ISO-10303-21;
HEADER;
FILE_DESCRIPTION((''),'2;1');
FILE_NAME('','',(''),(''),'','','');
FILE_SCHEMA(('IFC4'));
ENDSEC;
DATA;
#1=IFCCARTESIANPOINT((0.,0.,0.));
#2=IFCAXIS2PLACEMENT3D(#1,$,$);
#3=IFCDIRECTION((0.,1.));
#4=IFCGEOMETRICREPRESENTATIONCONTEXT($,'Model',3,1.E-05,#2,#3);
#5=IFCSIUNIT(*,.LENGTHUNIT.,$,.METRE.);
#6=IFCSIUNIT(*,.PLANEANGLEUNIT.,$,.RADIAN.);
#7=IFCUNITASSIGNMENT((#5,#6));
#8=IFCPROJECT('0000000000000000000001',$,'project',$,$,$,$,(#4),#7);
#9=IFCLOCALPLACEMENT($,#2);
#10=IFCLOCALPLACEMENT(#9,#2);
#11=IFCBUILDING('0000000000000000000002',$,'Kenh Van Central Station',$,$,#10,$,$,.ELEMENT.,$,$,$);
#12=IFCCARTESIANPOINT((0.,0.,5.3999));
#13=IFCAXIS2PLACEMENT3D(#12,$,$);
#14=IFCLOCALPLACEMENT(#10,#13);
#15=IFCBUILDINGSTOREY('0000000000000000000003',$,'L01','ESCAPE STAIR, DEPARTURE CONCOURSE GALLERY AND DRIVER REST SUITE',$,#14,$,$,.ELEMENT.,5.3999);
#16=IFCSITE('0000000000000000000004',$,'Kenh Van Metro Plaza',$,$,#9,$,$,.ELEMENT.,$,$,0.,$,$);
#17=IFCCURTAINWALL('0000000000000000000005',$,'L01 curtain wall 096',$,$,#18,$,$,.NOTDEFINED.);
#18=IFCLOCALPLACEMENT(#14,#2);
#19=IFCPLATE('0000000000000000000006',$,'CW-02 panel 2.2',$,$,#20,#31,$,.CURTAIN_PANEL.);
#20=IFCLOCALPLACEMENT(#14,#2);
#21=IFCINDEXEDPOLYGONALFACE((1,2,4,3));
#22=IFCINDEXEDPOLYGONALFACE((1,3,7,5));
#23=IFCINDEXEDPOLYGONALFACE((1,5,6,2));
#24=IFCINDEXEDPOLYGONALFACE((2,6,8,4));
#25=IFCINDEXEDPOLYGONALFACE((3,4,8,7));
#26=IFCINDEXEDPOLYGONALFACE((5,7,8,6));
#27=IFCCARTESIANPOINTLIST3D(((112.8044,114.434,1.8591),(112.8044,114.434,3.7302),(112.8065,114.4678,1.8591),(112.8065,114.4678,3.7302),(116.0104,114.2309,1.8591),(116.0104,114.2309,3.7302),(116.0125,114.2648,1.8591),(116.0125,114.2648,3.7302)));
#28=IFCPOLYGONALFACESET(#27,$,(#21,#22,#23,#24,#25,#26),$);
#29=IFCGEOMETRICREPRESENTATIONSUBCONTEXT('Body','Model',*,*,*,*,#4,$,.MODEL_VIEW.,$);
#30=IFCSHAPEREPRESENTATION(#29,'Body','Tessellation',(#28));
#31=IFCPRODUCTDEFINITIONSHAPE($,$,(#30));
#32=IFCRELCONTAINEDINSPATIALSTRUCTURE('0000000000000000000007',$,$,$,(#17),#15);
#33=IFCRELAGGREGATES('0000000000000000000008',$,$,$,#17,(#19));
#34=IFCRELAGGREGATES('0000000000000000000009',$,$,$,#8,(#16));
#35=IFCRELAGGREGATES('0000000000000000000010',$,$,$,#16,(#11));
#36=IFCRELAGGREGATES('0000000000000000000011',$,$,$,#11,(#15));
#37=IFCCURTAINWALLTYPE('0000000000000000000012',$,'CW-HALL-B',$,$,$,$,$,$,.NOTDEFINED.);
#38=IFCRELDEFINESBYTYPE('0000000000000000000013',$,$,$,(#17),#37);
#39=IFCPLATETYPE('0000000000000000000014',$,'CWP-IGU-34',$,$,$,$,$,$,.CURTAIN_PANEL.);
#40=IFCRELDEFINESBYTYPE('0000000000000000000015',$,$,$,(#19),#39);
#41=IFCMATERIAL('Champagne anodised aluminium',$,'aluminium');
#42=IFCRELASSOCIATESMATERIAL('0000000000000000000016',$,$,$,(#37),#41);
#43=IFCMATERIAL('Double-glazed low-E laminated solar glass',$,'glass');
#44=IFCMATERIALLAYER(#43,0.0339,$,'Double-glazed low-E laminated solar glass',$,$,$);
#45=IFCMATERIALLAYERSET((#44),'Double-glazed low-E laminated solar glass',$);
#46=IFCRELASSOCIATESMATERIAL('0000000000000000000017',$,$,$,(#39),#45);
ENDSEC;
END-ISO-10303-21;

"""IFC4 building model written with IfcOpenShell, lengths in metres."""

from ifc_helpers import new_model, si_unit, direction, frame, origin, origin_2d, place, context, subcontext, project, spatial, rectangle, extrude, material, layer, layer_set, type_object, element, aggregate, save


model = new_model("IFC4")

# Units and contexts
model_context = context("Model", 3, precision=1e-05, world=origin(), true_north=direction((0.0, 1.0)))
body_context = subcontext(model_context, "Body", "Model", "MODEL_VIEW")
ifc_project = project(units=[si_unit("LENGTHUNIT", "METRE"), si_unit("PLANEANGLEUNIT", "RADIAN")], contexts=[model_context])

# Site, building, storey
site_placement = place(None, origin())
site = spatial("IfcSite", under=ifc_project, at=site_placement, Name="Kenh Van Metro Plaza", CompositionType="ELEMENT", RefElevation=0.0)
building_placement = place(site_placement, origin())
building = spatial("IfcBuilding", under=site, at=building_placement, Name="Kenh Van Central Station", CompositionType="ELEMENT")
storey_placement = place(building_placement, frame((0.0, 0.0, 5.3999)))
storey = spatial("IfcBuildingStorey", under=building, at=storey_placement, Name="L01", Description="ESCAPE STAIR, DEPARTURE CONCOURSE GALLERY AND DRIVER REST SUITE", CompositionType="ELEMENT", Elevation=5.3999)

# Curtain wall
ifc_material_1 = material(Name="Champagne anodised aluminium", Category="aluminium")
curtain_wall_type = type_object("IfcCurtainWallType", Name="CW-HALL-B", PredefinedType="NOTDEFINED", material=ifc_material_1)
curtain_wall_1_placement = place(storey_placement, origin())
curtain_wall_1 = element("IfcCurtainWall", 1, at=curtain_wall_1_placement, inside=storey, type_object=curtain_wall_type, Name="L01 curtain wall 096", PredefinedType="NOTDEFINED")

# Plate
ifc_material_2 = material(Name="Double-glazed low-E laminated solar glass", Category="glass")
ifc_layer_1 = layer(ifc_material_2, 0.0339, Name="Double-glazed low-E laminated solar glass")
ifc_layer_set_1 = layer_set([ifc_layer_1], Name="Double-glazed low-E laminated solar glass")
plate_type_1 = type_object("IfcPlateType", Name="CWP-IGU-34", PredefinedType="CURTAIN_PANEL", material=ifc_layer_set_1)
plate_1_placement = place(storey_placement, frame((114.4084, 114.3494, 1.8591), z_axis=(0.0, 0.0, 1.0), x_axis=(-0.998, 0.063211, 0.0)))
plate_1 = element("IfcPlate", 2, at=plate_1_placement, type_object=plate_type_1, Name="CW-02 panel 2.2", PredefinedType="CURTAIN_PANEL", context=body_context, shape_type="SweptSolid", body=[
    extrude(rectangle(XDim=3.2124, YDim=0.0339, at=origin_2d()), origin(), (0.0, 0.0, 1.0), 1.8711),
])
aggregate(curtain_wall_1, [plate_1])

save(model, "model.ifc")
